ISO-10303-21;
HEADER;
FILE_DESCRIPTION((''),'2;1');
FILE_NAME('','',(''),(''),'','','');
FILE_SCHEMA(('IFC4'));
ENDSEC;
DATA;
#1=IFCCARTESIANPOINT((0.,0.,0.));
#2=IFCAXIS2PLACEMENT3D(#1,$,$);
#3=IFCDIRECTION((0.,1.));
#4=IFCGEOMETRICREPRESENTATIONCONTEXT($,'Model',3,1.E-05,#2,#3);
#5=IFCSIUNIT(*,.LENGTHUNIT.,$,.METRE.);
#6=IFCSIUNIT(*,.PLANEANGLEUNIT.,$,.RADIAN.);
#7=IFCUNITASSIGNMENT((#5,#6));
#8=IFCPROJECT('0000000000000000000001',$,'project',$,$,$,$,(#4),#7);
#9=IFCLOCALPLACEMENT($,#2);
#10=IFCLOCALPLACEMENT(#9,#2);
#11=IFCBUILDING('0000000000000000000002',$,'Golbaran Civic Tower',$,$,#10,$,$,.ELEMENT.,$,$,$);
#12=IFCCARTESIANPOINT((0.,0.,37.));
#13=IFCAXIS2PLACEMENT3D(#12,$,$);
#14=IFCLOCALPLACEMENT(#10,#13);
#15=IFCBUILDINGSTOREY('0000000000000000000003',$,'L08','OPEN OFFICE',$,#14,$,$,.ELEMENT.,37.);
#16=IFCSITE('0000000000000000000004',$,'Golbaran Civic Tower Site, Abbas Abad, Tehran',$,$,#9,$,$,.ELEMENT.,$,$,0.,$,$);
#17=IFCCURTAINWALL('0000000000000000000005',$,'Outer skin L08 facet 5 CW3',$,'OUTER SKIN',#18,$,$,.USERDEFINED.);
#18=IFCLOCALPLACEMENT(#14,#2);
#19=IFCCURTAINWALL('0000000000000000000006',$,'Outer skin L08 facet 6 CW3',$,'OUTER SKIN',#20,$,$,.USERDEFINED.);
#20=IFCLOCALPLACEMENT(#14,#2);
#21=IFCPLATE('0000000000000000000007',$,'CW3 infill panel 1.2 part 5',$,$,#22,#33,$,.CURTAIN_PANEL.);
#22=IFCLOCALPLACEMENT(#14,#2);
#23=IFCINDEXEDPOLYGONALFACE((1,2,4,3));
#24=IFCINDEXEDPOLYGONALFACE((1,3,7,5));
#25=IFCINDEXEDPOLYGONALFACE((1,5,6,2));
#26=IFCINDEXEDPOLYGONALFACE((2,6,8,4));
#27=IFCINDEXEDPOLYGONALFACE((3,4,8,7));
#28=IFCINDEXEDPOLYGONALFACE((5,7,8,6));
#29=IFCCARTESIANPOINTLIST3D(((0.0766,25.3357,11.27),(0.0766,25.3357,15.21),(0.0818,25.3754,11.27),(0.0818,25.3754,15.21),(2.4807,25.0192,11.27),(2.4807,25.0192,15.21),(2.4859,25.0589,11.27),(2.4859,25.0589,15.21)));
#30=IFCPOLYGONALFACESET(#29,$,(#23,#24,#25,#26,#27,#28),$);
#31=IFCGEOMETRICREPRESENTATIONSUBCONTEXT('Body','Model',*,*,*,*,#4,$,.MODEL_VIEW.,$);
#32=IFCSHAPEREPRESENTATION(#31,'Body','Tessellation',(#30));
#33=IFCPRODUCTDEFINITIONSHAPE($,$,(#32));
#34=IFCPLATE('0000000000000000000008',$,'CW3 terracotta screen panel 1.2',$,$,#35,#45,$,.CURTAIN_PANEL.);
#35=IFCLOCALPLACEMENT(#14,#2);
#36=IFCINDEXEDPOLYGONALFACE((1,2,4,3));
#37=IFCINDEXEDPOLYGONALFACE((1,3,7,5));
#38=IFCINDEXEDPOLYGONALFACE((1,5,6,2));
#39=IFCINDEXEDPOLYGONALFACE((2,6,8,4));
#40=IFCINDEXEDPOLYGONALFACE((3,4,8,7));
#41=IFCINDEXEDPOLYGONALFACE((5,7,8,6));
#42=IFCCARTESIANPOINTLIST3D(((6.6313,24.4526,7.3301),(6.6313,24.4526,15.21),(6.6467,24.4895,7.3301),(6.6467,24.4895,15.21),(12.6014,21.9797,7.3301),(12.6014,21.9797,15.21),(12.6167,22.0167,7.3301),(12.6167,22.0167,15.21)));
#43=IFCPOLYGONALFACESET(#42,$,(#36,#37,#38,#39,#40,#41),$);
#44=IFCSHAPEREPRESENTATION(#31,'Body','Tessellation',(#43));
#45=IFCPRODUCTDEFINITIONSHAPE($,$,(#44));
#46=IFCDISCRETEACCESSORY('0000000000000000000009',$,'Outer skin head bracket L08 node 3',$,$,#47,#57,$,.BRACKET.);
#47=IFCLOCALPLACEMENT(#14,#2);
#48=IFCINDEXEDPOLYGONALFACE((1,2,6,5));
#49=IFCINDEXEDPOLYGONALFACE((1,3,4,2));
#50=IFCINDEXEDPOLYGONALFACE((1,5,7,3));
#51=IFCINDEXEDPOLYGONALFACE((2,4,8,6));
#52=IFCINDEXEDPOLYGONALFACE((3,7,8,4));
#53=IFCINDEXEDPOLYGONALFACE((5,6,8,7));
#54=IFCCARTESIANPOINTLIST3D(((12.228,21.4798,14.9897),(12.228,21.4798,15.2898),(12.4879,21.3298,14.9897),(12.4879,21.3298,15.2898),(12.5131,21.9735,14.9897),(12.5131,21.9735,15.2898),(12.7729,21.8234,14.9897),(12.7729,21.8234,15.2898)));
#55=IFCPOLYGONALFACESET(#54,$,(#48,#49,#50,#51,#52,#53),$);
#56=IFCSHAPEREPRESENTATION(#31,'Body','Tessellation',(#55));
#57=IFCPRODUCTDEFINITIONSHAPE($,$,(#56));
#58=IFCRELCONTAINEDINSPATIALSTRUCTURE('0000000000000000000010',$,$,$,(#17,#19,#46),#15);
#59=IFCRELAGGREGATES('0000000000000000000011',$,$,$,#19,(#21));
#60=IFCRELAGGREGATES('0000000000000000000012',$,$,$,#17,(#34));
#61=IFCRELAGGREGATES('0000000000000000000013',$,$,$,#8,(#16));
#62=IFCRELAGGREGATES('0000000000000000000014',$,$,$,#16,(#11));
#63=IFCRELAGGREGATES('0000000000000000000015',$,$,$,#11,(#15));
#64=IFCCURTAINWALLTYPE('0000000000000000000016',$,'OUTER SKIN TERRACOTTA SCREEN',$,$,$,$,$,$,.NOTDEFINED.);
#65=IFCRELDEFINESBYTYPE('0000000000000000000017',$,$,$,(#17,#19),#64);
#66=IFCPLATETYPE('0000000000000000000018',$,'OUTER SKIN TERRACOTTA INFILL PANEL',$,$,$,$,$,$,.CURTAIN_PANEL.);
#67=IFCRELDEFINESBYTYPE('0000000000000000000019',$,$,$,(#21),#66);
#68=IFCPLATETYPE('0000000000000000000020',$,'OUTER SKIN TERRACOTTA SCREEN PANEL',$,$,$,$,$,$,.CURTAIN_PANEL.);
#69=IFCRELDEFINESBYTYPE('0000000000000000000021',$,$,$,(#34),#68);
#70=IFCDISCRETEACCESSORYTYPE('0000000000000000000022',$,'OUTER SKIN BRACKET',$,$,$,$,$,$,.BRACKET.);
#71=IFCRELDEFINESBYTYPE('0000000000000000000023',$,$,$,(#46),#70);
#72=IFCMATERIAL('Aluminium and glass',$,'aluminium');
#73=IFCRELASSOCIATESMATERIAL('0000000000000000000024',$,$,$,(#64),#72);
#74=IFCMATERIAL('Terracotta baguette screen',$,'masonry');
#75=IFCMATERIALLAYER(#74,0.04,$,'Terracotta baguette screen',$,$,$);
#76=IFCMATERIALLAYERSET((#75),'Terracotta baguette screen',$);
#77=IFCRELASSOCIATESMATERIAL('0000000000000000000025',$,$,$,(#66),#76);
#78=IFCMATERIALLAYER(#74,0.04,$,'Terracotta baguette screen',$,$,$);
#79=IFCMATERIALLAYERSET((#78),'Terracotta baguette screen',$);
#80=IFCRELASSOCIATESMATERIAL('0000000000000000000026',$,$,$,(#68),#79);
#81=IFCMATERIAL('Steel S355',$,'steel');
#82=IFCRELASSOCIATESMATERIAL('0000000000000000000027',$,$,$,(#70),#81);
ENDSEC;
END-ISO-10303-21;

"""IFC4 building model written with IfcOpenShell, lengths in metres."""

from ifc_helpers import new_model, si_unit, direction, frame, origin, origin_2d, place, context, subcontext, project, spatial, rectangle, extrude, material, layer, layer_set, type_object, element, aggregate, save


model = new_model("IFC4")

# Units and contexts
model_context = context("Model", 3, precision=1e-05, world=origin(), true_north=direction((0.0, 1.0)))
body_context = subcontext(model_context, "Body", "Model", "MODEL_VIEW")
ifc_project = project(units=[si_unit("LENGTHUNIT", "METRE"), si_unit("PLANEANGLEUNIT", "RADIAN")], contexts=[model_context])

# Site, building, storey
site_placement = place(None, origin())
site = spatial("IfcSite", under=ifc_project, at=site_placement, Name="Golbaran Civic Tower Site, Abbas Abad, Tehran", CompositionType="ELEMENT", RefElevation=0.0)
building_placement = place(site_placement, origin())
building = spatial("IfcBuilding", under=site, at=building_placement, Name="Golbaran Civic Tower", CompositionType="ELEMENT")
storey_placement = place(building_placement, frame((0.0, 0.0, 37.0)))
storey = spatial("IfcBuildingStorey", under=building, at=storey_placement, Name="L08", Description="OPEN OFFICE", CompositionType="ELEMENT", Elevation=37.0)

# Curtain walls
ifc_material_1 = material(Name="Aluminium and glass", Category="aluminium")
curtain_wall_type_1 = type_object("IfcCurtainWallType", Name="OUTER SKIN TERRACOTTA SCREEN", PredefinedType="NOTDEFINED", material=ifc_material_1)
curtain_wall_1_placement = place(storey_placement, origin())
curtain_wall_1 = element("IfcCurtainWall", 1, at=curtain_wall_1_placement, inside=storey, type_object=curtain_wall_type_1, Name="Outer skin L08 facet 5 CW3", ObjectType="OUTER SKIN", PredefinedType="USERDEFINED")
curtain_wall_2_placement = place(storey_placement, origin())
curtain_wall_2 = element("IfcCurtainWall", 2, at=curtain_wall_2_placement, inside=storey, type_object=curtain_wall_type_1, Name="Outer skin L08 facet 6 CW3", ObjectType="OUTER SKIN", PredefinedType="USERDEFINED")

# Plates
ifc_material_2 = material(Name="Terracotta baguette screen", Category="masonry")
ifc_layer_1 = layer(ifc_material_2, 0.04, Name="Terracotta baguette screen")
ifc_layer_set_1 = layer_set([ifc_layer_1], Name="Terracotta baguette screen")
plate_type_1 = type_object("IfcPlateType", Name="OUTER SKIN TERRACOTTA INFILL PANEL", PredefinedType="CURTAIN_PANEL", material=ifc_layer_set_1)
plate_1_placement = place(storey_placement, frame((1.2812, 25.1973, 11.27), z_axis=(0.0, 0.0, 1.0), x_axis=(-0.991445, 0.130526, 0.0)))
plate_1 = element("IfcPlate", 3, at=plate_1_placement, type_object=plate_type_1, Name="CW3 infill panel 1.2 part 5", PredefinedType="CURTAIN_PANEL", context=body_context, shape_type="SweptSolid", body=[
    extrude(rectangle(XDim=2.4248, YDim=0.04, at=origin_2d()), origin(), (0.0, 0.0, 1.0), 3.9399),
])
aggregate(curtain_wall_2, [plate_1])
ifc_layer_2 = layer(ifc_material_2, 0.04, Name="Terracotta baguette screen")
ifc_layer_set_2 = layer_set([ifc_layer_2], Name="Terracotta baguette screen")
plate_type_2 = type_object("IfcPlateType", Name="OUTER SKIN TERRACOTTA SCREEN PANEL", PredefinedType="CURTAIN_PANEL", material=ifc_layer_set_2)
plate_2_placement = place(storey_placement, frame((9.624, 23.2346, 7.3301), z_axis=(0.0, 0.0, 1.0), x_axis=(-0.92388, 0.382683, 0.0)))
plate_2 = element("IfcPlate", 4, at=plate_2_placement, type_object=plate_type_2, Name="CW3 terracotta screen panel 1.2", PredefinedType="CURTAIN_PANEL", context=body_context, shape_type="SweptSolid", body=[
    extrude(rectangle(XDim=6.4619, YDim=0.04, at=origin_2d()), origin(), (0.0, 0.0, 1.0), 7.8799),
])
aggregate(curtain_wall_1, [plate_2])

# Discrete accessory
ifc_material_3 = material(Name="Steel S355", Category="steel")
discrete_accessory_type = type_object("IfcDiscreteAccessoryType", Name="OUTER SKIN BRACKET", PredefinedType="BRACKET", material=ifc_material_3)
discrete_accessory_placement = place(storey_placement, frame((12.5005, 21.6516, 14.9897), z_axis=(0.0, 0.0, 1.0), x_axis=(0.5, 0.866025, 0.0)))
element("IfcDiscreteAccessory", 5, at=discrete_accessory_placement, inside=storey, type_object=discrete_accessory_type, Name="Outer skin head bracket L08 node 3", PredefinedType="BRACKET", context=body_context, shape_type="SweptSolid", body=[
    extrude(rectangle(XDim=0.5701, YDim=0.3, at=origin_2d()), origin(), (0.0, 0.0, 1.0), 0.3),
])

save(model, "model.ifc")
